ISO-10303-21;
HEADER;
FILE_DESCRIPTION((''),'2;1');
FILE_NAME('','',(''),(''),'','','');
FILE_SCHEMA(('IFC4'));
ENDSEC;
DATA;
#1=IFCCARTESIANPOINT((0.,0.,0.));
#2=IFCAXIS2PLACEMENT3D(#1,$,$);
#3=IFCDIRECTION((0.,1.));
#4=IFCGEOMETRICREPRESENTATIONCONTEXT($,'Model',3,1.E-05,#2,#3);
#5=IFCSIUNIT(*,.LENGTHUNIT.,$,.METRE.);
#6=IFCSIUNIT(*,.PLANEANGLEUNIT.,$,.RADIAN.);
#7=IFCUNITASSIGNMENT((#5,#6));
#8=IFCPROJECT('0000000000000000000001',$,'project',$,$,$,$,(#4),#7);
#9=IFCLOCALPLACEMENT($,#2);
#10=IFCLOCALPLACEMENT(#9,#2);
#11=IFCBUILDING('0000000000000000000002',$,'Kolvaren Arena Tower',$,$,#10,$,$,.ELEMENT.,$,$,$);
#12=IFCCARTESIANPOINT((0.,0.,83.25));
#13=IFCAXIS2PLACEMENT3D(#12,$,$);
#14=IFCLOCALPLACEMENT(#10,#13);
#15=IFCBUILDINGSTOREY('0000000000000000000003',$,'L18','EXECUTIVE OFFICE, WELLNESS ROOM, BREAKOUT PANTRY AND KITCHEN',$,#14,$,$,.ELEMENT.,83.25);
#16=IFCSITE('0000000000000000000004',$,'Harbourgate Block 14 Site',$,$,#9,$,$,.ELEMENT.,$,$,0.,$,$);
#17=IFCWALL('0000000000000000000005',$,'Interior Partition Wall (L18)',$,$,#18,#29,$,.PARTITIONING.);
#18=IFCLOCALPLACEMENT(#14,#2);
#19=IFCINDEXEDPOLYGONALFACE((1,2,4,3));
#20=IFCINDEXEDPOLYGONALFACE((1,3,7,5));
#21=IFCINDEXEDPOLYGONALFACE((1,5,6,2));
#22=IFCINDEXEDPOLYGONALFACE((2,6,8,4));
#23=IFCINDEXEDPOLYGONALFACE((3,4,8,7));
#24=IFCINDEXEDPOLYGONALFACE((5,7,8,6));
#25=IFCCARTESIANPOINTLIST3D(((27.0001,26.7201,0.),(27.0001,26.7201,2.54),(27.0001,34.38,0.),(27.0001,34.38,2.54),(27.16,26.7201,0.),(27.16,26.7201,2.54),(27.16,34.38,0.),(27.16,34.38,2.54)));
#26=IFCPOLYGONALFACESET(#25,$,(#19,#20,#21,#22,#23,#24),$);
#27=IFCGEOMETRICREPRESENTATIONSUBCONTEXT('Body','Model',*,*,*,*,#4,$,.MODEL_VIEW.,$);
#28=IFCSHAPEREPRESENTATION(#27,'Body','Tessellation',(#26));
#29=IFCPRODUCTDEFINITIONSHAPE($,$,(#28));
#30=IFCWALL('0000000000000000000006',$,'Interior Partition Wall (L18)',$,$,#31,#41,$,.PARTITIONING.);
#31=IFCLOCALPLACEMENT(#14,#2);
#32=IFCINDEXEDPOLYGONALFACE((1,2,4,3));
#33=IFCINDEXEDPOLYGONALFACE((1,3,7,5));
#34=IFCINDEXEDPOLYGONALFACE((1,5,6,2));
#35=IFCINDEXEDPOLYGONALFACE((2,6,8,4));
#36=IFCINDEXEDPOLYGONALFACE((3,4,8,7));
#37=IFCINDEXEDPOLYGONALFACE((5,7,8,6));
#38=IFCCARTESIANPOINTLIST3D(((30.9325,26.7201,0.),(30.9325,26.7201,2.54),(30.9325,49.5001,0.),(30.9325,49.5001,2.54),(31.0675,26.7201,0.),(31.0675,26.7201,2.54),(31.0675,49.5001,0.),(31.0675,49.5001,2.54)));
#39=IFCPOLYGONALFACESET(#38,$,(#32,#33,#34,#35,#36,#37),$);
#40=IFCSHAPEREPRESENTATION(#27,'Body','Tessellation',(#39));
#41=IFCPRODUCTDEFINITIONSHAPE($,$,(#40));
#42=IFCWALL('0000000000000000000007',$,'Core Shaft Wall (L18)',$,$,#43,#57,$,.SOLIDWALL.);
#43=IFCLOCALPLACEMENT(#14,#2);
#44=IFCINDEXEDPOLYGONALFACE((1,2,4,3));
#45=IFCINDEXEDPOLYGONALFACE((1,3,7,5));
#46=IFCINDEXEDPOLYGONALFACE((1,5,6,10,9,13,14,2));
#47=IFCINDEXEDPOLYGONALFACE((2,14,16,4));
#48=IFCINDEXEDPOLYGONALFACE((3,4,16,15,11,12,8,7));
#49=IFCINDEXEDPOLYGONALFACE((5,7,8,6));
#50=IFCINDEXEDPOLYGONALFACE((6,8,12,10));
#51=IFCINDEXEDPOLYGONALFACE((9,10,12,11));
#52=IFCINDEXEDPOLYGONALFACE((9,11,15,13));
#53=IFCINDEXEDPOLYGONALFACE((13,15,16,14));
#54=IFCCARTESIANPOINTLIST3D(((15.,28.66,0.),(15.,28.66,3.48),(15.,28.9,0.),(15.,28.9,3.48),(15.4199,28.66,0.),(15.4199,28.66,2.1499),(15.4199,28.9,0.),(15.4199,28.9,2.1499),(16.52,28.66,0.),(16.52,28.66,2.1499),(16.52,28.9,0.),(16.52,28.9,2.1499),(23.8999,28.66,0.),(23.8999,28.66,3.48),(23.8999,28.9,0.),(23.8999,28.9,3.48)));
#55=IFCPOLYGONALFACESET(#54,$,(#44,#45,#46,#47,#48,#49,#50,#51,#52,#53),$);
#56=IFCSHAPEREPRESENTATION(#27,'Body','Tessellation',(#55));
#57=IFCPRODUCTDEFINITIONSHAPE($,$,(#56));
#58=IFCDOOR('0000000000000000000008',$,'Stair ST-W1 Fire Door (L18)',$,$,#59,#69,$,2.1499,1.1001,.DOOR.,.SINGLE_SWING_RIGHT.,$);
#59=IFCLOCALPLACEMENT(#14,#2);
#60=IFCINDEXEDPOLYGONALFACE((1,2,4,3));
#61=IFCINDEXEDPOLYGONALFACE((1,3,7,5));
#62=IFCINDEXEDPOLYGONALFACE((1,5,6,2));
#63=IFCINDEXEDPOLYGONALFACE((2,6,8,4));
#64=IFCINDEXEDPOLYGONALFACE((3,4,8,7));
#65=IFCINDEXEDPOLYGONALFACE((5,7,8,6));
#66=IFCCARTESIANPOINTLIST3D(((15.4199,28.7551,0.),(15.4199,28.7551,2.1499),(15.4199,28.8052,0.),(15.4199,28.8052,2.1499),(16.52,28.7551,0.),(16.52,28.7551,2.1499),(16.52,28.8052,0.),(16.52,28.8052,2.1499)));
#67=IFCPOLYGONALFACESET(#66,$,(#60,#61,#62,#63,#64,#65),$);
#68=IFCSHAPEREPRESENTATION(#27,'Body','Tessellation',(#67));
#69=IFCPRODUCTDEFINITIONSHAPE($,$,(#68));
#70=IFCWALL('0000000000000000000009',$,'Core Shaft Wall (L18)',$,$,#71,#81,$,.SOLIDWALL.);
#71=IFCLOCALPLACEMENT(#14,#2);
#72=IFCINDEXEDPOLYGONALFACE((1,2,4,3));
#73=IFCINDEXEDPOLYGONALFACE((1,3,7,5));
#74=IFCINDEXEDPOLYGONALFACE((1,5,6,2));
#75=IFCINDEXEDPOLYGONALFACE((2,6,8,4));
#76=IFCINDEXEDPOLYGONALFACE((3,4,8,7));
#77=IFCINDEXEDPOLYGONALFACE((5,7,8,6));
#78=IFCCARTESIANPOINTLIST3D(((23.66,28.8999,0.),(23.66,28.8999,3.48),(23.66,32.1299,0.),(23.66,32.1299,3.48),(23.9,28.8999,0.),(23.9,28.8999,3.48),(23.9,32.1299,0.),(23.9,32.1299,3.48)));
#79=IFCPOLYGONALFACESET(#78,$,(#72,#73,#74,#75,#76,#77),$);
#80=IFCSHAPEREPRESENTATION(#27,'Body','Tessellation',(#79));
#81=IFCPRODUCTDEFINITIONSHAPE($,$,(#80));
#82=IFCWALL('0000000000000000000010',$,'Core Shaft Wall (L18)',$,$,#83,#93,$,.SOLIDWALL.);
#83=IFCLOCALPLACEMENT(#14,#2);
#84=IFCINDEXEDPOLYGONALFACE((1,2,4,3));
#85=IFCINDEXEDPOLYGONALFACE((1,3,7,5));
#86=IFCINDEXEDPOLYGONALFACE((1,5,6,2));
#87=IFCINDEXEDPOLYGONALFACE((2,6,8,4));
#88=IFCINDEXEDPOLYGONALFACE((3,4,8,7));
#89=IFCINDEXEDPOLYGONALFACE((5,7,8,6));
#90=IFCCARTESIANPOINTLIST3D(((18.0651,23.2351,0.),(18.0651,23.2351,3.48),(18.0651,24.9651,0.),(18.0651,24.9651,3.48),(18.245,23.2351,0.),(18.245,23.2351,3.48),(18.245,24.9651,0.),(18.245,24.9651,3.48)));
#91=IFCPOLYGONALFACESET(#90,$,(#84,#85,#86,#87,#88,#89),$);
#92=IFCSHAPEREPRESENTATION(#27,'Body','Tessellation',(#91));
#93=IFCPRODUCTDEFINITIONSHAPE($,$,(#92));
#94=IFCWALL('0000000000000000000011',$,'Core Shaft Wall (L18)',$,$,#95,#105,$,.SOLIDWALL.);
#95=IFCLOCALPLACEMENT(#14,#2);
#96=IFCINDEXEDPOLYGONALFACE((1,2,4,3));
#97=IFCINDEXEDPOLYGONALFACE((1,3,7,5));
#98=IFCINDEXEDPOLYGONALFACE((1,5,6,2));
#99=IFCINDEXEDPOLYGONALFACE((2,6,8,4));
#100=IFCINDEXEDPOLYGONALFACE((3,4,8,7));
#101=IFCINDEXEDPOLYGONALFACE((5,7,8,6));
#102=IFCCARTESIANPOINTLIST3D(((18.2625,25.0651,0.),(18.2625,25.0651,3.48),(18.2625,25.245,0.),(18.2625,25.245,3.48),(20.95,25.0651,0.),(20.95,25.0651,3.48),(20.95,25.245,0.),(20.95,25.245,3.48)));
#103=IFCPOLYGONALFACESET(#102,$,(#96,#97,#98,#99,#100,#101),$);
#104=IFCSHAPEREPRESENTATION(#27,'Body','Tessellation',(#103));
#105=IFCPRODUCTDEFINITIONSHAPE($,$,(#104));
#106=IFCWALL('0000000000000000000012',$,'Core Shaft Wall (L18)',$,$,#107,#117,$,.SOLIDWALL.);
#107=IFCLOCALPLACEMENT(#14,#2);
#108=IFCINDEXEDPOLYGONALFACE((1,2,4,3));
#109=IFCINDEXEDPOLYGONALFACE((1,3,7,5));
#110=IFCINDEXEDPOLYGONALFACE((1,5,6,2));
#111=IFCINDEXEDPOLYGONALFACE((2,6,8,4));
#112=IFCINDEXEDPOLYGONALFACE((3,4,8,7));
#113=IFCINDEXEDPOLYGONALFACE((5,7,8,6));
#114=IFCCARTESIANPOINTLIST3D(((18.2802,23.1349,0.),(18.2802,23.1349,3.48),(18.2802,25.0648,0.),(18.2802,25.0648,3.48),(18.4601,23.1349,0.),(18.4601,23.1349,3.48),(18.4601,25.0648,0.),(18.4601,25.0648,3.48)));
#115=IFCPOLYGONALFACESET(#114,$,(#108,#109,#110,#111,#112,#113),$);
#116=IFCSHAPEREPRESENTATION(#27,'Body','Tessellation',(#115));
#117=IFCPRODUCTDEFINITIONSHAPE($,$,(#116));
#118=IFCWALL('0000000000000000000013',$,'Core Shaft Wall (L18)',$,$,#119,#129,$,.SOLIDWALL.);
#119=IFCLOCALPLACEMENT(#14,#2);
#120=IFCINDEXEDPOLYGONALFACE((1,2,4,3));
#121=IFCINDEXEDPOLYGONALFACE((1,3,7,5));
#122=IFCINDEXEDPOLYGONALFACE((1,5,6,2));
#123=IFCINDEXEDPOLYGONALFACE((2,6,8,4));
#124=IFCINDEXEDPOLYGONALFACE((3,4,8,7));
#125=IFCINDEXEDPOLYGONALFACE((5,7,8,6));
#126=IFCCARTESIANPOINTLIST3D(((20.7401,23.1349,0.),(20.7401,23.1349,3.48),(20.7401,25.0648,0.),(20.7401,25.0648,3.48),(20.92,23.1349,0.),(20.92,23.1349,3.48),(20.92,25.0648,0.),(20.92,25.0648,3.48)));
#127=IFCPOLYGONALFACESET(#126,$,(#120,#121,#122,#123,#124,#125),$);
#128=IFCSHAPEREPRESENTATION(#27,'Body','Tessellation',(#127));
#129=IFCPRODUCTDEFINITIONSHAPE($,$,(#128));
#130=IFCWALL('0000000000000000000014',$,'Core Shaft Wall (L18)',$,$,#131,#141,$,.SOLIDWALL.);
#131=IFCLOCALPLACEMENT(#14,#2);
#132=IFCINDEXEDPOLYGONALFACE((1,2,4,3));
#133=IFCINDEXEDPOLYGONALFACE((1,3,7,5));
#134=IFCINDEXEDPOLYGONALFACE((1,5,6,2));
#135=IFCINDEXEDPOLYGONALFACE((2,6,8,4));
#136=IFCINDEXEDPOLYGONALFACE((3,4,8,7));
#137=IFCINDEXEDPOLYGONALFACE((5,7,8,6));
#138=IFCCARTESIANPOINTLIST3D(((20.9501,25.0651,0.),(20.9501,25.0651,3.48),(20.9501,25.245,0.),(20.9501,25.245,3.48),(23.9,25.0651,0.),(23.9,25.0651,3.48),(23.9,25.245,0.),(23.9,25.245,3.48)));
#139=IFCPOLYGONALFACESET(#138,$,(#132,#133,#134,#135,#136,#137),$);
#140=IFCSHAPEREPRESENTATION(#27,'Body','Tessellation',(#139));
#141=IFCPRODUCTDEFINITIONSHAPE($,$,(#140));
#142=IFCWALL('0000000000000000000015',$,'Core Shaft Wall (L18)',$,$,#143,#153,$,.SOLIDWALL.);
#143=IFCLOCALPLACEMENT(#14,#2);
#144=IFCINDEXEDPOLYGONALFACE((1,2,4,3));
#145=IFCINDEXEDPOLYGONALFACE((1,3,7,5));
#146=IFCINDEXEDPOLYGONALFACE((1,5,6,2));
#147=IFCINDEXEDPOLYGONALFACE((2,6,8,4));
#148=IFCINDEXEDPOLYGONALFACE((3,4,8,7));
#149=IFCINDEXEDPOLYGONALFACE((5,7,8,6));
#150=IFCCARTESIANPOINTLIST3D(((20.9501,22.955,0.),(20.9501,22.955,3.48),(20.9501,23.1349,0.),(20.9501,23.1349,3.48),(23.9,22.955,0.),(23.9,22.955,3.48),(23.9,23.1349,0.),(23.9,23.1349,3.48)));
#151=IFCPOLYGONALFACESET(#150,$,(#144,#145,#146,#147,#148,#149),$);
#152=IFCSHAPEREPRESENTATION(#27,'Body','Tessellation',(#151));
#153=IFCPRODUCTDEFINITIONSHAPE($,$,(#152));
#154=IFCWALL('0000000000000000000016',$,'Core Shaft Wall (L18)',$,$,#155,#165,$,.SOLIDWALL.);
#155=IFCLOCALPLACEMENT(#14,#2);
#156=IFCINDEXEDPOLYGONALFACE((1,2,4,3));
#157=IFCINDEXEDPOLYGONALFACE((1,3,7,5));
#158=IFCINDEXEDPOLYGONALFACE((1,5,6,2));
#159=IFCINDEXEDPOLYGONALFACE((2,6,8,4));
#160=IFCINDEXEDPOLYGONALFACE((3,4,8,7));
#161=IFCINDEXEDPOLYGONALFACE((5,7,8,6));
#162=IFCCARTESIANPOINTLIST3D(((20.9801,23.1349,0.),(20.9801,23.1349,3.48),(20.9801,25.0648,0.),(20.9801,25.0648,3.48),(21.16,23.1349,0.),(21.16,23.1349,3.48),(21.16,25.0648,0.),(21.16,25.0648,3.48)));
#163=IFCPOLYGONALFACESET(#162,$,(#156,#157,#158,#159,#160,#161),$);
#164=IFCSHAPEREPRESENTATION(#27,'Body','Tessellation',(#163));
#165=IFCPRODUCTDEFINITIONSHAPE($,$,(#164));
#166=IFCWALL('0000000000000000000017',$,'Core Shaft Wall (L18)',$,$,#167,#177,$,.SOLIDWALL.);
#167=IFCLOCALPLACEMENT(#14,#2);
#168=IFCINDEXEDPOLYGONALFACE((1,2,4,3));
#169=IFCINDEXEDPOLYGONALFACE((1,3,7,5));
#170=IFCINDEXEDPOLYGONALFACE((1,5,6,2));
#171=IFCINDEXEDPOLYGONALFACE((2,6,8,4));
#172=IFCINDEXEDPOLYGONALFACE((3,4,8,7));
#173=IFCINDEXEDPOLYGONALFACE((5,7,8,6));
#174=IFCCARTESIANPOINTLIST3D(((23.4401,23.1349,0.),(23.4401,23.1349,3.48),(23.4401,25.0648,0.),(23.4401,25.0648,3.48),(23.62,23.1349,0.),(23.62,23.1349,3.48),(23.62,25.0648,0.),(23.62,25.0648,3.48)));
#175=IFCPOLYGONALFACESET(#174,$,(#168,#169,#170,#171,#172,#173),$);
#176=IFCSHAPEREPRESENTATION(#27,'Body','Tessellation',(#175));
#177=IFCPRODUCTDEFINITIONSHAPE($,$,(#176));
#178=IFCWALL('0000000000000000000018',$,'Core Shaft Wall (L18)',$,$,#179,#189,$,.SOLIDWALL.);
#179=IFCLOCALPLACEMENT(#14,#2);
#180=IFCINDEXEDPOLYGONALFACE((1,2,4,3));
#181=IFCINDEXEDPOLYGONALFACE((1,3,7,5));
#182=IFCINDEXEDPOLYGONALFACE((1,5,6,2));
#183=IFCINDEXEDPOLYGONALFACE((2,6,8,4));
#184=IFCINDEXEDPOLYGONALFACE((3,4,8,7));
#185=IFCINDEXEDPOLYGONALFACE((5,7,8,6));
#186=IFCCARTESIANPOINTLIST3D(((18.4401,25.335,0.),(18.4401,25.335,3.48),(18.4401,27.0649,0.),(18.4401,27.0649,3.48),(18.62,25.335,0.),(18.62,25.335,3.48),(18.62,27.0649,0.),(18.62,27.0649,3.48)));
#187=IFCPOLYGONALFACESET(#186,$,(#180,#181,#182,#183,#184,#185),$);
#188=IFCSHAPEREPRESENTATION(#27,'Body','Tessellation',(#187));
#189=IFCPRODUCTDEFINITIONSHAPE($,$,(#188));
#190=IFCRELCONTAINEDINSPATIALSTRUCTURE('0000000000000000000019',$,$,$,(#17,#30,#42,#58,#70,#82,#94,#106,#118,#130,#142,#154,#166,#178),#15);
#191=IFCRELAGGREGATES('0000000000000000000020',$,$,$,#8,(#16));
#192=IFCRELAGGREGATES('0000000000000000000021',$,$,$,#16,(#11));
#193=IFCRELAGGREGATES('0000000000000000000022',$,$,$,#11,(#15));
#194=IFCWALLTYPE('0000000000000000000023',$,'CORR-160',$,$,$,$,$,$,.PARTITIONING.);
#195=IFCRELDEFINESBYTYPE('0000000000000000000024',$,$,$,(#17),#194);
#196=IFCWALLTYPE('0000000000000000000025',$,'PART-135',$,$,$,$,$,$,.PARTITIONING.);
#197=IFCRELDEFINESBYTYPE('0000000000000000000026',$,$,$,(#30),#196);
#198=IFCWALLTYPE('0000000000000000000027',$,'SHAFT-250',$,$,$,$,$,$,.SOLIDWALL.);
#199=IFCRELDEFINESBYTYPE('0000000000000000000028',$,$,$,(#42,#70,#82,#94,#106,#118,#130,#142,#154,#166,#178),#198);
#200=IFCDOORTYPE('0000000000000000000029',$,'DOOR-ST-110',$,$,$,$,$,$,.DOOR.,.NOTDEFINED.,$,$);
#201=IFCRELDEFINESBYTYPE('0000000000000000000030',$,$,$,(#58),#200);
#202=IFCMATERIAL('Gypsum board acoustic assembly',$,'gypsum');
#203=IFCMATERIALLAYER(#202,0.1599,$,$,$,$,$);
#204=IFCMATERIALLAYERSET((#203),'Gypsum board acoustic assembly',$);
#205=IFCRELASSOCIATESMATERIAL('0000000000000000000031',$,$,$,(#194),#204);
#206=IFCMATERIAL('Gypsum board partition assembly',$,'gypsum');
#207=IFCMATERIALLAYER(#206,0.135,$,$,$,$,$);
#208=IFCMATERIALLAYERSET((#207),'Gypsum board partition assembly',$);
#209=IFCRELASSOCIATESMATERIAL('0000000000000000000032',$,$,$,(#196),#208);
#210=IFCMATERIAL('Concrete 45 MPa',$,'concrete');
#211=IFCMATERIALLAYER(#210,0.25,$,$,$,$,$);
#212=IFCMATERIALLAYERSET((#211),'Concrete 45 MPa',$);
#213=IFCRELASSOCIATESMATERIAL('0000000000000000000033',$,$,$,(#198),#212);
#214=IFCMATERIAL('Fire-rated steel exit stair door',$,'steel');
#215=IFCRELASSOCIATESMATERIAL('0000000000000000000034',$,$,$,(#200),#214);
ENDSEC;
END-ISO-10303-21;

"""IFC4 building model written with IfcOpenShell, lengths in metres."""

from ifc_helpers import new_model, si_unit, direction, frame, frame_2d, origin, place, context, subcontext, project, spatial, rectangle, extrude, material, layer, layer_set, type_object, element, fill, save


model = new_model("IFC4")

# Units and contexts
model_context = context("Model", 3, precision=1e-05, world=origin(), true_north=direction((0.0, 1.0)))
body_context = subcontext(model_context, "Body", "Model", "MODEL_VIEW")
ifc_project = project(units=[si_unit("LENGTHUNIT", "METRE"), si_unit("PLANEANGLEUNIT", "RADIAN")], contexts=[model_context])

# Site, building, storey
site_placement = place(None, origin())
site = spatial("IfcSite", under=ifc_project, at=site_placement, Name="Harbourgate Block 14 Site", CompositionType="ELEMENT", RefElevation=0.0)
building_placement = place(site_placement, origin())
building = spatial("IfcBuilding", under=site, at=building_placement, Name="Kolvaren Arena Tower", CompositionType="ELEMENT")
storey_placement = place(building_placement, frame((0.0, 0.0, 83.25)))
storey = spatial("IfcBuildingStorey", under=building, at=storey_placement, Name="L18", Description="EXECUTIVE OFFICE, WELLNESS ROOM, BREAKOUT PANTRY AND KITCHEN", CompositionType="ELEMENT", Elevation=83.25)

# Shared definitions
ifc_material_1 = material(Name="Gypsum board acoustic assembly", Category="gypsum")
ifc_layer_1 = layer(ifc_material_1, 0.1599)
ifc_layer_set_1 = layer_set([ifc_layer_1], Name="Gypsum board acoustic assembly")
wall_type_1 = type_object("IfcWallType", Name="CORR-160", PredefinedType="PARTITIONING", material=ifc_layer_set_1)

# Wall
wall_1_placement = place(storey_placement, frame((27.0801, 26.72, 0.0), z_axis=(0.0, 0.0, 1.0), x_axis=(0.0, 1.0, 0.0)))
element("IfcWall", 1, at=wall_1_placement, inside=storey, type_object=wall_type_1, Name="Interior Partition Wall (L18)", PredefinedType="PARTITIONING", context=body_context, shape_type="SweptSolid", body=[
    extrude(rectangle(XDim=7.6599, YDim=0.1599, at=frame_2d((3.8301, 0.0))), origin(), (0.0, 0.0, 1.0), 2.54),
])

# Wall
ifc_material_2 = material(Name="Gypsum board partition assembly", Category="gypsum")
ifc_layer_2 = layer(ifc_material_2, 0.135)
ifc_layer_set_2 = layer_set([ifc_layer_2], Name="Gypsum board partition assembly")
wall_type_2 = type_object("IfcWallType", Name="PART-135", PredefinedType="PARTITIONING", material=ifc_layer_set_2)
wall_2_placement = place(storey_placement, frame((31.0, 26.72, 0.0), z_axis=(0.0, 0.0, 1.0), x_axis=(0.0, 1.0, 0.0)))
element("IfcWall", 2, at=wall_2_placement, inside=storey, type_object=wall_type_2, Name="Interior Partition Wall (L18)", PredefinedType="PARTITIONING", context=body_context, shape_type="SweptSolid", body=[
    extrude(rectangle(XDim=22.78, YDim=0.135, at=frame_2d((11.3901, 0.0))), origin(), (0.0, 0.0, 1.0), 2.54),
])

# Wall, opening, door
ifc_material_3 = material(Name="Concrete 45 MPa", Category="concrete")
ifc_layer_3 = layer(ifc_material_3, 0.25)
ifc_layer_set_3 = layer_set([ifc_layer_3], Name="Concrete 45 MPa")
wall_type_3 = type_object("IfcWallType", Name="SHAFT-250", PredefinedType="SOLIDWALL", material=ifc_layer_set_3)
wall_3_placement = place(storey_placement, frame((23.8999, 28.78, 0.0), z_axis=(0.0, 0.0, 1.0), x_axis=(-1.0, 0.0, 0.0)))
wall_3 = element("IfcWall", 3, at=wall_3_placement, inside=storey, type_object=wall_type_3, Name="Core Shaft Wall (L18)", PredefinedType="SOLIDWALL", context=body_context, shape_type="SweptSolid", body=[
    extrude(rectangle(XDim=8.8999, YDim=0.24, at=frame_2d((4.45, 0.0))), origin(), (0.0, 0.0, 1.0), 3.48),
])
opening_1_placement = place(wall_3_placement, frame((7.3799, 0.0, 0.0)))
opening_1 = element("IfcOpeningElement", 4, at=opening_1_placement, cuts=wall_3, PredefinedType="OPENING", context=body_context, shape_type="SweptSolid", body=[
    extrude(rectangle(XDim=1.1001, YDim=2.1499, at=frame_2d((0.55, 1.075))), frame((0.0, 0.1299, 0.0), z_axis=(0.0, -1.0, 0.0), x_axis=(1.0, 0.0, 0.0)), (0.0, 0.0, 1.0), 0.26),
])
ifc_material_4 = material(Name="Fire-rated steel exit stair door", Category="steel")
door_type_1 = type_object("IfcDoorType", Name="DOOR-ST-110", OperationType="NOTDEFINED", PredefinedType="DOOR", material=ifc_material_4)
door_1_placement = place(opening_1_placement, origin())
door_1 = element("IfcDoor", 5, at=door_1_placement, inside=storey, type_object=door_type_1, Name="Stair ST-W1 Fire Door (L18)", OperationType="SINGLE_SWING_RIGHT", OverallHeight=2.1499, OverallWidth=1.1001, PredefinedType="DOOR", context=body_context, shape_type="SweptSolid", body=[
    extrude(rectangle(XDim=1.1001, YDim=2.1499, at=frame_2d((0.55, 1.075))), frame((0.0, 0.0249, 0.0), z_axis=(0.0, -1.0, 0.0), x_axis=(1.0, 0.0, 0.0)), (0.0, 0.0, 1.0), 0.05),
])
fill(opening_1, door_1)

# Walls
wall_4_placement = place(storey_placement, frame((23.78, 28.8999, 0.0), z_axis=(0.0, 0.0, 1.0), x_axis=(0.0, 1.0, 0.0)))
element("IfcWall", 6, at=wall_4_placement, inside=storey, type_object=wall_type_3, Name="Core Shaft Wall (L18)", PredefinedType="SOLIDWALL", context=body_context, shape_type="SweptSolid", body=[
    extrude(rectangle(XDim=3.23, YDim=0.24, at=frame_2d((1.615, 0.0))), origin(), (0.0, 0.0, 1.0), 3.48),
])
wall_5_placement = place(storey_placement, frame((18.155, 23.2351, 0.0), z_axis=(0.0, 0.0, 1.0), x_axis=(0.0, 1.0, 0.0)))
element("IfcWall", 7, at=wall_5_placement, inside=storey, type_object=wall_type_3, Name="Core Shaft Wall (L18)", PredefinedType="SOLIDWALL", context=body_context, shape_type="SweptSolid", body=[
    extrude(rectangle(XDim=1.73, YDim=0.1799, at=frame_2d((0.865, 0.0))), origin(), (0.0, 0.0, 1.0), 3.48),
])
wall_6_placement = place(storey_placement, frame((18.2625, 25.155, 0.0), z_axis=(0.0, 0.0, 1.0), x_axis=(1.0, 0.0, 0.0)))
element("IfcWall", 8, at=wall_6_placement, inside=storey, type_object=wall_type_3, Name="Core Shaft Wall (L18)", PredefinedType="SOLIDWALL", context=body_context, shape_type="SweptSolid", body=[
    extrude(rectangle(XDim=2.6875, YDim=0.1799, at=frame_2d((1.3438, 0.0))), origin(), (0.0, 0.0, 1.0), 3.48),
])
for number, where, z_axis, x_axis, name in (
    (9, (18.3701, 23.135, 0.0), (0.0, 0.0, 1.0), (0.0, 1.0, 0.0), "Core Shaft Wall (L18)"),
    (10, (20.8301, 23.135, 0.0), (0.0, 0.0, 1.0), (0.0, 1.0, 0.0), "Core Shaft Wall (L18)"),
):
    element("IfcWall", number, at=place(storey_placement, frame(where, z_axis=z_axis, x_axis=x_axis)), inside=storey, type_object=wall_type_3, Name=name, PredefinedType="SOLIDWALL", context=body_context, shape_type="SweptSolid", body=[
        extrude(rectangle(XDim=1.9299, YDim=0.1799, at=frame_2d((0.9648, 0.0))), origin(), (0.0, 0.0, 1.0), 3.48),
    ])
for number, where, z_axis, x_axis, name in (
    (11, (20.95, 25.155, 0.0), (0.0, 0.0, 1.0), (1.0, 0.0, 0.0), "Core Shaft Wall (L18)"),
    (12, (20.95, 23.0449, 0.0), (0.0, 0.0, 1.0), (1.0, 0.0, 0.0), "Core Shaft Wall (L18)"),
):
    element("IfcWall", number, at=place(storey_placement, frame(where, z_axis=z_axis, x_axis=x_axis)), inside=storey, type_object=wall_type_3, Name=name, PredefinedType="SOLIDWALL", context=body_context, shape_type="SweptSolid", body=[
        extrude(rectangle(XDim=2.95, YDim=0.1799, at=frame_2d((1.4751, 0.0))), origin(), (0.0, 0.0, 1.0), 3.48),
    ])
for number, where, z_axis, x_axis, name in (
    (13, (21.0701, 23.135, 0.0), (0.0, 0.0, 1.0), (0.0, 1.0, 0.0), "Core Shaft Wall (L18)"),
    (14, (23.53, 23.135, 0.0), (0.0, 0.0, 1.0), (0.0, 1.0, 0.0), "Core Shaft Wall (L18)"),
):
    element("IfcWall", number, at=place(storey_placement, frame(where, z_axis=z_axis, x_axis=x_axis)), inside=storey, type_object=wall_type_3, Name=name, PredefinedType="SOLIDWALL", context=body_context, shape_type="SweptSolid", body=[
        extrude(rectangle(XDim=1.9299, YDim=0.1799, at=frame_2d((0.9648, 0.0))), origin(), (0.0, 0.0, 1.0), 3.48),
    ])
wall_7_placement = place(storey_placement, frame((18.53, 25.335, 0.0), z_axis=(0.0, 0.0, 1.0), x_axis=(0.0, 1.0, 0.0)))
element("IfcWall", 15, at=wall_7_placement, inside=storey, type_object=wall_type_3, Name="Core Shaft Wall (L18)", PredefinedType="SOLIDWALL", context=body_context, shape_type="SweptSolid", body=[
    extrude(rectangle(XDim=1.73, YDim=0.1799, at=frame_2d((0.865, 0.0))), origin(), (0.0, 0.0, 1.0), 3.48),
])

save(model, "model.ifc")
